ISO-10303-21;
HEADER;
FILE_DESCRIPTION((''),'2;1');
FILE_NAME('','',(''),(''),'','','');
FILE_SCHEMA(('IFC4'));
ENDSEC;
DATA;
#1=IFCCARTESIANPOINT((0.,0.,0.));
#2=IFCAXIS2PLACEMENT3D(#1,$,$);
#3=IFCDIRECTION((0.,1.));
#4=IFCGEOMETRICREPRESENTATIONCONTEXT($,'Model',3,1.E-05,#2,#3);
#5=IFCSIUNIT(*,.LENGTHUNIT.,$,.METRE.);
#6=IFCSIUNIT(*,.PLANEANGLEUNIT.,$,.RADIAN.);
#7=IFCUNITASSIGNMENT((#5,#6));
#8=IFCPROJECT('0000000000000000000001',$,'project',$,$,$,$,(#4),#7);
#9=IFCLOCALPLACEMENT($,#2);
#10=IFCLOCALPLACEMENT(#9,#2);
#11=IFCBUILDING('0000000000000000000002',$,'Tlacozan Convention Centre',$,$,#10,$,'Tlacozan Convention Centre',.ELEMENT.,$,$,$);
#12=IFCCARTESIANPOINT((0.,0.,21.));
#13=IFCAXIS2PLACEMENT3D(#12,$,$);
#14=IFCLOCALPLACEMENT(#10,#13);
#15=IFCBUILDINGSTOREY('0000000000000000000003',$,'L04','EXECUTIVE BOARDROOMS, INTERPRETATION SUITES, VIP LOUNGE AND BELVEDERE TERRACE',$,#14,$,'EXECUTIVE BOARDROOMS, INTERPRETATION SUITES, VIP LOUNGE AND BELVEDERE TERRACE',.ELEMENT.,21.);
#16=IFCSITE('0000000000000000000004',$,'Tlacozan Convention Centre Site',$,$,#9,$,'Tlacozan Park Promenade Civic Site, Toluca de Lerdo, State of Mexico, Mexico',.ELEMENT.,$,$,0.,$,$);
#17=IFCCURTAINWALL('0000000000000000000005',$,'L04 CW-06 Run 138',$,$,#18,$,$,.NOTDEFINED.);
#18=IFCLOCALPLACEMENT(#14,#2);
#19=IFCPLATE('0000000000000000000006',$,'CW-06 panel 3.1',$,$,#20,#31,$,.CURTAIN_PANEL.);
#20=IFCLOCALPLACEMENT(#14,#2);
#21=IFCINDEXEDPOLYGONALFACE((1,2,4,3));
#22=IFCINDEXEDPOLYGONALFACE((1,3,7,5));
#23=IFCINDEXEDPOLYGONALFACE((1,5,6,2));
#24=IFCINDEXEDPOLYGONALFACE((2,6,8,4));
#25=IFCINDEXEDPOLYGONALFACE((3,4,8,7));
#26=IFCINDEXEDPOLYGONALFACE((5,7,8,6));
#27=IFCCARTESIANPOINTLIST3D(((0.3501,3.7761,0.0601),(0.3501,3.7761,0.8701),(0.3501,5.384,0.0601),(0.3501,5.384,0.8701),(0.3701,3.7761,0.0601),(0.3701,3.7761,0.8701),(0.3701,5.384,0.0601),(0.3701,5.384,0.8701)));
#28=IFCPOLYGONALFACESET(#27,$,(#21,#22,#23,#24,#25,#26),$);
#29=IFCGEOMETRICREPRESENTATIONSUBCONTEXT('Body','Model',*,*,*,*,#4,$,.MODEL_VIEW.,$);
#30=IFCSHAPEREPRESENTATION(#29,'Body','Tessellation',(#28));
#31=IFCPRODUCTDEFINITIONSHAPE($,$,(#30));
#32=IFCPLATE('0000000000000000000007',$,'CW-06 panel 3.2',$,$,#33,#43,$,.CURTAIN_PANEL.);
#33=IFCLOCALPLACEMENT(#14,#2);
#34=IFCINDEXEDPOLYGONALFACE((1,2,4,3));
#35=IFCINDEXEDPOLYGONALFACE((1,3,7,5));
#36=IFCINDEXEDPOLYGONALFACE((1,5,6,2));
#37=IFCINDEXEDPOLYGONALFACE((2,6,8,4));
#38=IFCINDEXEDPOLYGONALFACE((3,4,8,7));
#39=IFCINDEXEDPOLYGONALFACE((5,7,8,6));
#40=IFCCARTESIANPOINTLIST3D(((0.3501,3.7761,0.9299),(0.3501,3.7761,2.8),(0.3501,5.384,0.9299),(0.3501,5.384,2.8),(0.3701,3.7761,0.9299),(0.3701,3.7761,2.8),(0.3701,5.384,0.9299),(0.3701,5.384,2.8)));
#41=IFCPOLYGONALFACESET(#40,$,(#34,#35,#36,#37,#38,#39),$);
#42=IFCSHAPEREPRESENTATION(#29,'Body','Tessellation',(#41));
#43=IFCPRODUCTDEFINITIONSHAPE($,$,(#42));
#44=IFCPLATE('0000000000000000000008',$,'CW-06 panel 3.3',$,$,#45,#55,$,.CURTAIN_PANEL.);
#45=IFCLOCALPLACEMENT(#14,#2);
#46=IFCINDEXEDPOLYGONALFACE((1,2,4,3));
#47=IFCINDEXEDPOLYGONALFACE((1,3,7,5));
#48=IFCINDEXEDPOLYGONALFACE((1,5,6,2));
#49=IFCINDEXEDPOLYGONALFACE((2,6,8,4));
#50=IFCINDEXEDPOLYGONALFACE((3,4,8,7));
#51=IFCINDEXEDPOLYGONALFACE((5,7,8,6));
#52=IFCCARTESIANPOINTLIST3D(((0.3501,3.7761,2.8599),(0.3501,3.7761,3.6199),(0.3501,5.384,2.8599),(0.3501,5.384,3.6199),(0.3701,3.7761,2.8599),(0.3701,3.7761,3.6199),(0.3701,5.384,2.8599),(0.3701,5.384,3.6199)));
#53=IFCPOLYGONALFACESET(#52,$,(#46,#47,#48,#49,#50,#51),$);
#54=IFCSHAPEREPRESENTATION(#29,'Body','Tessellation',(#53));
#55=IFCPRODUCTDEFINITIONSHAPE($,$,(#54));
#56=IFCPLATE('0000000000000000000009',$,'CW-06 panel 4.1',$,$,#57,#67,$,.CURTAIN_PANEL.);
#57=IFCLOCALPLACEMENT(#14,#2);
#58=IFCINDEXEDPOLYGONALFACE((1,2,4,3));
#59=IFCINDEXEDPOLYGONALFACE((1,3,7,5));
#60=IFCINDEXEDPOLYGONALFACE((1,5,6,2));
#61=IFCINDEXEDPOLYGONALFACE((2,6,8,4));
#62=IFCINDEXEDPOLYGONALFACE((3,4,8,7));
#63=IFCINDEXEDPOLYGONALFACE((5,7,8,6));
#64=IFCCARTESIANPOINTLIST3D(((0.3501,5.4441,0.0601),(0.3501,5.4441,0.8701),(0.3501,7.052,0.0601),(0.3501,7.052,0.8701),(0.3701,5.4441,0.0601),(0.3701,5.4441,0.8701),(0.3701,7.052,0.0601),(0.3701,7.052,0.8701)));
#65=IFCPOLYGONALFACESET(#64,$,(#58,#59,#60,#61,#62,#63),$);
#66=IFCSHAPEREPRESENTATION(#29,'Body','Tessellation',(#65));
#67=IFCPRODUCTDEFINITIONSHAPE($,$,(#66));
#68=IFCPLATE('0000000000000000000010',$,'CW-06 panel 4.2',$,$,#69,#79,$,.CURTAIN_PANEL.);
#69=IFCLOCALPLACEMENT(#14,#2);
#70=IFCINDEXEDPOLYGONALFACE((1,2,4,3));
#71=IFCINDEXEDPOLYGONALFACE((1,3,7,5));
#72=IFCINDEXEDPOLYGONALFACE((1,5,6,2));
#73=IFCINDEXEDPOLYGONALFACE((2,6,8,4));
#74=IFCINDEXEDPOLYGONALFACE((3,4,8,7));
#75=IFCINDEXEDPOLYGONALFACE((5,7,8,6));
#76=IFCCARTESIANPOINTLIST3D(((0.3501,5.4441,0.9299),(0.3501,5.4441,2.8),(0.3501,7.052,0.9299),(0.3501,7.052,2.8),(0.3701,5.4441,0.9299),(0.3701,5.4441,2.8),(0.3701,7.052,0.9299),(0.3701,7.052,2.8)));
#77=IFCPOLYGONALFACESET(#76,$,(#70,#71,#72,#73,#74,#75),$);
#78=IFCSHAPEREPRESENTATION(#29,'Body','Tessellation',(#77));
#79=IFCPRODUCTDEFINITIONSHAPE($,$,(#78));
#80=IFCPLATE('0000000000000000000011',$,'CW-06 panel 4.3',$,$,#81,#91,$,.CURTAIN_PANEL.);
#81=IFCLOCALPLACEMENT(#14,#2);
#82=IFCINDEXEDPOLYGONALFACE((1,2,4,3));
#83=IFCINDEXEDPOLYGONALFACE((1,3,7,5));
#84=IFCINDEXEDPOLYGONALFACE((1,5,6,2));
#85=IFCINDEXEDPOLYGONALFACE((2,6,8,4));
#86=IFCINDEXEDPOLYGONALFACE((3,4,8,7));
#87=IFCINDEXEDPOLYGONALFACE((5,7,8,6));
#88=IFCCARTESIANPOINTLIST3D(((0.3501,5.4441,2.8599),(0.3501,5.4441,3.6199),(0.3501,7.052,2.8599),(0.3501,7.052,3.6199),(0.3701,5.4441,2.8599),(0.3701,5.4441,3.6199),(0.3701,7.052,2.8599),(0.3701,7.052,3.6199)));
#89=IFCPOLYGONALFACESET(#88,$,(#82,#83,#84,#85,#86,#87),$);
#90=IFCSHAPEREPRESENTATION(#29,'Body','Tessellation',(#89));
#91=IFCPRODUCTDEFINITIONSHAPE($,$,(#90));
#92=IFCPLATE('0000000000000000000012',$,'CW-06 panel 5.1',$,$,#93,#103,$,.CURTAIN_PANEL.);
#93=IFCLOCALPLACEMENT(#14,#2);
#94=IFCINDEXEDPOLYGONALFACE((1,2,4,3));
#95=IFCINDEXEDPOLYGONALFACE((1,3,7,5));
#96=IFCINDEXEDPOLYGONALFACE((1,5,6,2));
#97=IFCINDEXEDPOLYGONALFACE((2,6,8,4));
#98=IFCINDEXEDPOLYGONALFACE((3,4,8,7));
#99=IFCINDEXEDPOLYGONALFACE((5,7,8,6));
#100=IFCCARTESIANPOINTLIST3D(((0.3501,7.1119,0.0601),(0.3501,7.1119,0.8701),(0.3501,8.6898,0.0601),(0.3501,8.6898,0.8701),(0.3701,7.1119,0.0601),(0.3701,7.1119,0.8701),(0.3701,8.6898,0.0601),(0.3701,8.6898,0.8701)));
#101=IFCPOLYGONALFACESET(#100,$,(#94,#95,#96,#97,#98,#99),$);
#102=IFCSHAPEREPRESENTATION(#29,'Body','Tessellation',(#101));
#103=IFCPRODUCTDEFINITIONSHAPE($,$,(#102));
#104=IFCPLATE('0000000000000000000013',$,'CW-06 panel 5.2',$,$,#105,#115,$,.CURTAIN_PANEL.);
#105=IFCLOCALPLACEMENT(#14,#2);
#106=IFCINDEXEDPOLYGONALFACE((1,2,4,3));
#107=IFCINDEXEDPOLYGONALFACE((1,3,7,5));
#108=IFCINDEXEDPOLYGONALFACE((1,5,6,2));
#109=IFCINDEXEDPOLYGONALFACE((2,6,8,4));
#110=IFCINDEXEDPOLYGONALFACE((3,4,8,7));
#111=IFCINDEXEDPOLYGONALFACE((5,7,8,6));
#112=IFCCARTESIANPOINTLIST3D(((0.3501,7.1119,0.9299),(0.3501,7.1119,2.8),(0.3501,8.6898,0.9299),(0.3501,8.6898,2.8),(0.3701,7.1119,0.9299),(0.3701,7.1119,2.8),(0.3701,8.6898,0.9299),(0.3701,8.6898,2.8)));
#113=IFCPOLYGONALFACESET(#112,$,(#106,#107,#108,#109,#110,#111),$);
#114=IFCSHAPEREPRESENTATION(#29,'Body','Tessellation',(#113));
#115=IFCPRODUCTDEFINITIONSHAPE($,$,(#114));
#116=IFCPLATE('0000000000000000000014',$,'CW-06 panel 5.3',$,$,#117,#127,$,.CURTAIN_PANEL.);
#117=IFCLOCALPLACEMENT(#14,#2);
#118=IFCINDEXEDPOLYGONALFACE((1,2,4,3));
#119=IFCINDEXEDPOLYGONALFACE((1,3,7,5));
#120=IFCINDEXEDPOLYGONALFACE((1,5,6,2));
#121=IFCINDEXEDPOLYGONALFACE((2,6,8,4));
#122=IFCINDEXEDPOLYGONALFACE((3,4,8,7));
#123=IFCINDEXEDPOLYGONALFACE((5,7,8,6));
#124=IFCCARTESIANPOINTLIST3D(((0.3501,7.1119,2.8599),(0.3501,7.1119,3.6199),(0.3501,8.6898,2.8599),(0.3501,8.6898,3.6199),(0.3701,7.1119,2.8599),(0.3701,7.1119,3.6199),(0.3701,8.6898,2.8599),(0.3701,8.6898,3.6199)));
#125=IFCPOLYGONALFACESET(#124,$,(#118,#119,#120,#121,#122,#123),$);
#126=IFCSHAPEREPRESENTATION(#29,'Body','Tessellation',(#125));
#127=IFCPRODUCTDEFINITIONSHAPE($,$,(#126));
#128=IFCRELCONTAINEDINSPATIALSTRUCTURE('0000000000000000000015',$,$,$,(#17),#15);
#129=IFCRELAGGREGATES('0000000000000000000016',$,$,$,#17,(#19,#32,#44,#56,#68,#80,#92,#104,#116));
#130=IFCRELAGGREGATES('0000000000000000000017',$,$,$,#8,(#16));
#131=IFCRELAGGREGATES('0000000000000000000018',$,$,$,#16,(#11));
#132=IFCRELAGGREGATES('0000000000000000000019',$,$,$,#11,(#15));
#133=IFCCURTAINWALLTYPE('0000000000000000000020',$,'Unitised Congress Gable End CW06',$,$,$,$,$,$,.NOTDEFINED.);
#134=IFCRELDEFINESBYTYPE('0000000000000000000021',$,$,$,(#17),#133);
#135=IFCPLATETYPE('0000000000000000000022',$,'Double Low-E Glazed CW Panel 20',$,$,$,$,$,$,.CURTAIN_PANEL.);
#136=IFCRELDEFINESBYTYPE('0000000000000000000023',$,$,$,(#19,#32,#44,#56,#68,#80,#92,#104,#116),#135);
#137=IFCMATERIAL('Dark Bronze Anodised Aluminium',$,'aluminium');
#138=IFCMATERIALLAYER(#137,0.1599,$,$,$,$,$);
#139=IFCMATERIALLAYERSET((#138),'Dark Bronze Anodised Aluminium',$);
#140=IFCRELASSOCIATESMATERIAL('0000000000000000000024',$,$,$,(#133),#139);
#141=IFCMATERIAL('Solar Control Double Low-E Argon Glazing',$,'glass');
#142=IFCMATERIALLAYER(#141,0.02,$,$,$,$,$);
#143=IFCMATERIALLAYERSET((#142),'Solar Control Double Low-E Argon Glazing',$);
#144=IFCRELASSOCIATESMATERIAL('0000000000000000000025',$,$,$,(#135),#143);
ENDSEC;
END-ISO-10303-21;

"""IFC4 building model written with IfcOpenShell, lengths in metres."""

from ifc_helpers import new_model, si_unit, direction, frame, origin, origin_2d, place, context, subcontext, project, spatial, rectangle, extrude, material, layer, layer_set, type_object, element, aggregate, save


model = new_model("IFC4")

# Units and contexts
model_context = context("Model", 3, precision=1e-05, world=origin(), true_north=direction((0.0, 1.0)))
body_context = subcontext(model_context, "Body", "Model", "MODEL_VIEW")
ifc_project = project(units=[si_unit("LENGTHUNIT", "METRE"), si_unit("PLANEANGLEUNIT", "RADIAN")], contexts=[model_context])

# Site, building, storey
site_placement = place(None, origin())
site = spatial("IfcSite", under=ifc_project, at=site_placement, Name="Tlacozan Convention Centre Site", LongName="Tlacozan Park Promenade Civic Site, Toluca de Lerdo, State of Mexico, Mexico", CompositionType="ELEMENT", RefElevation=0.0)
building_placement = place(site_placement, origin())
building = spatial("IfcBuilding", under=site, at=building_placement, Name="Tlacozan Convention Centre", LongName="Tlacozan Convention Centre", CompositionType="ELEMENT")
storey_placement = place(building_placement, frame((0.0, 0.0, 21.0)))
storey = spatial("IfcBuildingStorey", under=building, at=storey_placement, Name="L04", Description="EXECUTIVE BOARDROOMS, INTERPRETATION SUITES, VIP LOUNGE AND BELVEDERE TERRACE", LongName="EXECUTIVE BOARDROOMS, INTERPRETATION SUITES, VIP LOUNGE AND BELVEDERE TERRACE", CompositionType="ELEMENT", Elevation=21.0)

# Curtain wall
ifc_material_1 = material(Name="Dark Bronze Anodised Aluminium", Category="aluminium")
ifc_layer_1 = layer(ifc_material_1, 0.1599)
ifc_layer_set_1 = layer_set([ifc_layer_1], Name="Dark Bronze Anodised Aluminium")
curtain_wall_type = type_object("IfcCurtainWallType", Name="Unitised Congress Gable End CW06", PredefinedType="NOTDEFINED", material=ifc_layer_set_1)
curtain_wall_1_placement = place(storey_placement, origin())
curtain_wall_1 = element("IfcCurtainWall", 1, at=curtain_wall_1_placement, inside=storey, type_object=curtain_wall_type, Name="L04 CW-06 Run 138", PredefinedType="NOTDEFINED")

# Plates
ifc_material_2 = material(Name="Solar Control Double Low-E Argon Glazing", Category="glass")
ifc_layer_2 = layer(ifc_material_2, 0.02)
ifc_layer_set_2 = layer_set([ifc_layer_2], Name="Solar Control Double Low-E Argon Glazing")
plate_type = type_object("IfcPlateType", Name="Double Low-E Glazed CW Panel 20", PredefinedType="CURTAIN_PANEL", material=ifc_layer_set_2)
plate_1_placement = place(storey_placement, frame((0.3601, 4.5801, 0.0601), z_axis=(0.0, 0.0, 1.0), x_axis=(0.0, 1.0, 0.0)))
plate_1 = element("IfcPlate", 2, at=plate_1_placement, type_object=plate_type, Name="CW-06 panel 3.1", PredefinedType="CURTAIN_PANEL", context=body_context, shape_type="SweptSolid", body=[
    extrude(rectangle(XDim=1.6079, YDim=0.02, at=origin_2d()), origin(), (0.0, 0.0, 1.0), 0.8101),
])
plate_2_placement = place(storey_placement, frame((0.3601, 4.5801, 0.9299), z_axis=(0.0, 0.0, 1.0), x_axis=(0.0, 1.0, 0.0)))
plate_2 = element("IfcPlate", 3, at=plate_2_placement, type_object=plate_type, Name="CW-06 panel 3.2", PredefinedType="CURTAIN_PANEL", context=body_context, shape_type="SweptSolid", body=[
    extrude(rectangle(XDim=1.6079, YDim=0.02, at=origin_2d()), origin(), (0.0, 0.0, 1.0), 1.8701),
])
plate_3_placement = place(storey_placement, frame((0.3601, 4.5801, 2.8599), z_axis=(0.0, 0.0, 1.0), x_axis=(0.0, 1.0, 0.0)))
plate_3 = element("IfcPlate", 4, at=plate_3_placement, type_object=plate_type, Name="CW-06 panel 3.3", PredefinedType="CURTAIN_PANEL", context=body_context, shape_type="SweptSolid", body=[
    extrude(rectangle(XDim=1.6079, YDim=0.02, at=origin_2d()), origin(), (0.0, 0.0, 1.0), 0.76),
])
plate_4_placement = place(storey_placement, frame((0.3601, 6.248, 0.0601), z_axis=(0.0, 0.0, 1.0), x_axis=(0.0, 1.0, 0.0)))
plate_4 = element("IfcPlate", 5, at=plate_4_placement, type_object=plate_type, Name="CW-06 panel 4.1", PredefinedType="CURTAIN_PANEL", context=body_context, shape_type="SweptSolid", body=[
    extrude(rectangle(XDim=1.6079, YDim=0.02, at=origin_2d()), origin(), (0.0, 0.0, 1.0), 0.8101),
])
plate_5_placement = place(storey_placement, frame((0.3601, 6.248, 0.9299), z_axis=(0.0, 0.0, 1.0), x_axis=(0.0, 1.0, 0.0)))
plate_5 = element("IfcPlate", 6, at=plate_5_placement, type_object=plate_type, Name="CW-06 panel 4.2", PredefinedType="CURTAIN_PANEL", context=body_context, shape_type="SweptSolid", body=[
    extrude(rectangle(XDim=1.6079, YDim=0.02, at=origin_2d()), origin(), (0.0, 0.0, 1.0), 1.8701),
])
plate_6_placement = place(storey_placement, frame((0.3601, 6.248, 2.8599), z_axis=(0.0, 0.0, 1.0), x_axis=(0.0, 1.0, 0.0)))
plate_6 = element("IfcPlate", 7, at=plate_6_placement, type_object=plate_type, Name="CW-06 panel 4.3", PredefinedType="CURTAIN_PANEL", context=body_context, shape_type="SweptSolid", body=[
    extrude(rectangle(XDim=1.6079, YDim=0.02, at=origin_2d()), origin(), (0.0, 0.0, 1.0), 0.76),
])
plate_7_placement = place(storey_placement, frame((0.3601, 7.9009, 0.0601), z_axis=(0.0, 0.0, 1.0), x_axis=(0.0, 1.0, 0.0)))
plate_7 = element("IfcPlate", 8, at=plate_7_placement, type_object=plate_type, Name="CW-06 panel 5.1", PredefinedType="CURTAIN_PANEL", context=body_context, shape_type="SweptSolid", body=[
    extrude(rectangle(XDim=1.5779, YDim=0.02, at=origin_2d()), origin(), (0.0, 0.0, 1.0), 0.8101),
])
plate_8_placement = place(storey_placement, frame((0.3601, 7.9009, 0.9299), z_axis=(0.0, 0.0, 1.0), x_axis=(0.0, 1.0, 0.0)))
plate_8 = element("IfcPlate", 9, at=plate_8_placement, type_object=plate_type, Name="CW-06 panel 5.2", PredefinedType="CURTAIN_PANEL", context=body_context, shape_type="SweptSolid", body=[
    extrude(rectangle(XDim=1.5779, YDim=0.02, at=origin_2d()), origin(), (0.0, 0.0, 1.0), 1.8701),
])
plate_9_placement = place(storey_placement, frame((0.3601, 7.9009, 2.8599), z_axis=(0.0, 0.0, 1.0), x_axis=(0.0, 1.0, 0.0)))
plate_9 = element("IfcPlate", 10, at=plate_9_placement, type_object=plate_type, Name="CW-06 panel 5.3", PredefinedType="CURTAIN_PANEL", context=body_context, shape_type="SweptSolid", body=[
    extrude(rectangle(XDim=1.5779, YDim=0.02, at=origin_2d()), origin(), (0.0, 0.0, 1.0), 0.76),
])
aggregate(curtain_wall_1, [plate_1, plate_2, plate_3, plate_4, plate_5, plate_6, plate_7, plate_8, plate_9])

save(model, "model.ifc")
